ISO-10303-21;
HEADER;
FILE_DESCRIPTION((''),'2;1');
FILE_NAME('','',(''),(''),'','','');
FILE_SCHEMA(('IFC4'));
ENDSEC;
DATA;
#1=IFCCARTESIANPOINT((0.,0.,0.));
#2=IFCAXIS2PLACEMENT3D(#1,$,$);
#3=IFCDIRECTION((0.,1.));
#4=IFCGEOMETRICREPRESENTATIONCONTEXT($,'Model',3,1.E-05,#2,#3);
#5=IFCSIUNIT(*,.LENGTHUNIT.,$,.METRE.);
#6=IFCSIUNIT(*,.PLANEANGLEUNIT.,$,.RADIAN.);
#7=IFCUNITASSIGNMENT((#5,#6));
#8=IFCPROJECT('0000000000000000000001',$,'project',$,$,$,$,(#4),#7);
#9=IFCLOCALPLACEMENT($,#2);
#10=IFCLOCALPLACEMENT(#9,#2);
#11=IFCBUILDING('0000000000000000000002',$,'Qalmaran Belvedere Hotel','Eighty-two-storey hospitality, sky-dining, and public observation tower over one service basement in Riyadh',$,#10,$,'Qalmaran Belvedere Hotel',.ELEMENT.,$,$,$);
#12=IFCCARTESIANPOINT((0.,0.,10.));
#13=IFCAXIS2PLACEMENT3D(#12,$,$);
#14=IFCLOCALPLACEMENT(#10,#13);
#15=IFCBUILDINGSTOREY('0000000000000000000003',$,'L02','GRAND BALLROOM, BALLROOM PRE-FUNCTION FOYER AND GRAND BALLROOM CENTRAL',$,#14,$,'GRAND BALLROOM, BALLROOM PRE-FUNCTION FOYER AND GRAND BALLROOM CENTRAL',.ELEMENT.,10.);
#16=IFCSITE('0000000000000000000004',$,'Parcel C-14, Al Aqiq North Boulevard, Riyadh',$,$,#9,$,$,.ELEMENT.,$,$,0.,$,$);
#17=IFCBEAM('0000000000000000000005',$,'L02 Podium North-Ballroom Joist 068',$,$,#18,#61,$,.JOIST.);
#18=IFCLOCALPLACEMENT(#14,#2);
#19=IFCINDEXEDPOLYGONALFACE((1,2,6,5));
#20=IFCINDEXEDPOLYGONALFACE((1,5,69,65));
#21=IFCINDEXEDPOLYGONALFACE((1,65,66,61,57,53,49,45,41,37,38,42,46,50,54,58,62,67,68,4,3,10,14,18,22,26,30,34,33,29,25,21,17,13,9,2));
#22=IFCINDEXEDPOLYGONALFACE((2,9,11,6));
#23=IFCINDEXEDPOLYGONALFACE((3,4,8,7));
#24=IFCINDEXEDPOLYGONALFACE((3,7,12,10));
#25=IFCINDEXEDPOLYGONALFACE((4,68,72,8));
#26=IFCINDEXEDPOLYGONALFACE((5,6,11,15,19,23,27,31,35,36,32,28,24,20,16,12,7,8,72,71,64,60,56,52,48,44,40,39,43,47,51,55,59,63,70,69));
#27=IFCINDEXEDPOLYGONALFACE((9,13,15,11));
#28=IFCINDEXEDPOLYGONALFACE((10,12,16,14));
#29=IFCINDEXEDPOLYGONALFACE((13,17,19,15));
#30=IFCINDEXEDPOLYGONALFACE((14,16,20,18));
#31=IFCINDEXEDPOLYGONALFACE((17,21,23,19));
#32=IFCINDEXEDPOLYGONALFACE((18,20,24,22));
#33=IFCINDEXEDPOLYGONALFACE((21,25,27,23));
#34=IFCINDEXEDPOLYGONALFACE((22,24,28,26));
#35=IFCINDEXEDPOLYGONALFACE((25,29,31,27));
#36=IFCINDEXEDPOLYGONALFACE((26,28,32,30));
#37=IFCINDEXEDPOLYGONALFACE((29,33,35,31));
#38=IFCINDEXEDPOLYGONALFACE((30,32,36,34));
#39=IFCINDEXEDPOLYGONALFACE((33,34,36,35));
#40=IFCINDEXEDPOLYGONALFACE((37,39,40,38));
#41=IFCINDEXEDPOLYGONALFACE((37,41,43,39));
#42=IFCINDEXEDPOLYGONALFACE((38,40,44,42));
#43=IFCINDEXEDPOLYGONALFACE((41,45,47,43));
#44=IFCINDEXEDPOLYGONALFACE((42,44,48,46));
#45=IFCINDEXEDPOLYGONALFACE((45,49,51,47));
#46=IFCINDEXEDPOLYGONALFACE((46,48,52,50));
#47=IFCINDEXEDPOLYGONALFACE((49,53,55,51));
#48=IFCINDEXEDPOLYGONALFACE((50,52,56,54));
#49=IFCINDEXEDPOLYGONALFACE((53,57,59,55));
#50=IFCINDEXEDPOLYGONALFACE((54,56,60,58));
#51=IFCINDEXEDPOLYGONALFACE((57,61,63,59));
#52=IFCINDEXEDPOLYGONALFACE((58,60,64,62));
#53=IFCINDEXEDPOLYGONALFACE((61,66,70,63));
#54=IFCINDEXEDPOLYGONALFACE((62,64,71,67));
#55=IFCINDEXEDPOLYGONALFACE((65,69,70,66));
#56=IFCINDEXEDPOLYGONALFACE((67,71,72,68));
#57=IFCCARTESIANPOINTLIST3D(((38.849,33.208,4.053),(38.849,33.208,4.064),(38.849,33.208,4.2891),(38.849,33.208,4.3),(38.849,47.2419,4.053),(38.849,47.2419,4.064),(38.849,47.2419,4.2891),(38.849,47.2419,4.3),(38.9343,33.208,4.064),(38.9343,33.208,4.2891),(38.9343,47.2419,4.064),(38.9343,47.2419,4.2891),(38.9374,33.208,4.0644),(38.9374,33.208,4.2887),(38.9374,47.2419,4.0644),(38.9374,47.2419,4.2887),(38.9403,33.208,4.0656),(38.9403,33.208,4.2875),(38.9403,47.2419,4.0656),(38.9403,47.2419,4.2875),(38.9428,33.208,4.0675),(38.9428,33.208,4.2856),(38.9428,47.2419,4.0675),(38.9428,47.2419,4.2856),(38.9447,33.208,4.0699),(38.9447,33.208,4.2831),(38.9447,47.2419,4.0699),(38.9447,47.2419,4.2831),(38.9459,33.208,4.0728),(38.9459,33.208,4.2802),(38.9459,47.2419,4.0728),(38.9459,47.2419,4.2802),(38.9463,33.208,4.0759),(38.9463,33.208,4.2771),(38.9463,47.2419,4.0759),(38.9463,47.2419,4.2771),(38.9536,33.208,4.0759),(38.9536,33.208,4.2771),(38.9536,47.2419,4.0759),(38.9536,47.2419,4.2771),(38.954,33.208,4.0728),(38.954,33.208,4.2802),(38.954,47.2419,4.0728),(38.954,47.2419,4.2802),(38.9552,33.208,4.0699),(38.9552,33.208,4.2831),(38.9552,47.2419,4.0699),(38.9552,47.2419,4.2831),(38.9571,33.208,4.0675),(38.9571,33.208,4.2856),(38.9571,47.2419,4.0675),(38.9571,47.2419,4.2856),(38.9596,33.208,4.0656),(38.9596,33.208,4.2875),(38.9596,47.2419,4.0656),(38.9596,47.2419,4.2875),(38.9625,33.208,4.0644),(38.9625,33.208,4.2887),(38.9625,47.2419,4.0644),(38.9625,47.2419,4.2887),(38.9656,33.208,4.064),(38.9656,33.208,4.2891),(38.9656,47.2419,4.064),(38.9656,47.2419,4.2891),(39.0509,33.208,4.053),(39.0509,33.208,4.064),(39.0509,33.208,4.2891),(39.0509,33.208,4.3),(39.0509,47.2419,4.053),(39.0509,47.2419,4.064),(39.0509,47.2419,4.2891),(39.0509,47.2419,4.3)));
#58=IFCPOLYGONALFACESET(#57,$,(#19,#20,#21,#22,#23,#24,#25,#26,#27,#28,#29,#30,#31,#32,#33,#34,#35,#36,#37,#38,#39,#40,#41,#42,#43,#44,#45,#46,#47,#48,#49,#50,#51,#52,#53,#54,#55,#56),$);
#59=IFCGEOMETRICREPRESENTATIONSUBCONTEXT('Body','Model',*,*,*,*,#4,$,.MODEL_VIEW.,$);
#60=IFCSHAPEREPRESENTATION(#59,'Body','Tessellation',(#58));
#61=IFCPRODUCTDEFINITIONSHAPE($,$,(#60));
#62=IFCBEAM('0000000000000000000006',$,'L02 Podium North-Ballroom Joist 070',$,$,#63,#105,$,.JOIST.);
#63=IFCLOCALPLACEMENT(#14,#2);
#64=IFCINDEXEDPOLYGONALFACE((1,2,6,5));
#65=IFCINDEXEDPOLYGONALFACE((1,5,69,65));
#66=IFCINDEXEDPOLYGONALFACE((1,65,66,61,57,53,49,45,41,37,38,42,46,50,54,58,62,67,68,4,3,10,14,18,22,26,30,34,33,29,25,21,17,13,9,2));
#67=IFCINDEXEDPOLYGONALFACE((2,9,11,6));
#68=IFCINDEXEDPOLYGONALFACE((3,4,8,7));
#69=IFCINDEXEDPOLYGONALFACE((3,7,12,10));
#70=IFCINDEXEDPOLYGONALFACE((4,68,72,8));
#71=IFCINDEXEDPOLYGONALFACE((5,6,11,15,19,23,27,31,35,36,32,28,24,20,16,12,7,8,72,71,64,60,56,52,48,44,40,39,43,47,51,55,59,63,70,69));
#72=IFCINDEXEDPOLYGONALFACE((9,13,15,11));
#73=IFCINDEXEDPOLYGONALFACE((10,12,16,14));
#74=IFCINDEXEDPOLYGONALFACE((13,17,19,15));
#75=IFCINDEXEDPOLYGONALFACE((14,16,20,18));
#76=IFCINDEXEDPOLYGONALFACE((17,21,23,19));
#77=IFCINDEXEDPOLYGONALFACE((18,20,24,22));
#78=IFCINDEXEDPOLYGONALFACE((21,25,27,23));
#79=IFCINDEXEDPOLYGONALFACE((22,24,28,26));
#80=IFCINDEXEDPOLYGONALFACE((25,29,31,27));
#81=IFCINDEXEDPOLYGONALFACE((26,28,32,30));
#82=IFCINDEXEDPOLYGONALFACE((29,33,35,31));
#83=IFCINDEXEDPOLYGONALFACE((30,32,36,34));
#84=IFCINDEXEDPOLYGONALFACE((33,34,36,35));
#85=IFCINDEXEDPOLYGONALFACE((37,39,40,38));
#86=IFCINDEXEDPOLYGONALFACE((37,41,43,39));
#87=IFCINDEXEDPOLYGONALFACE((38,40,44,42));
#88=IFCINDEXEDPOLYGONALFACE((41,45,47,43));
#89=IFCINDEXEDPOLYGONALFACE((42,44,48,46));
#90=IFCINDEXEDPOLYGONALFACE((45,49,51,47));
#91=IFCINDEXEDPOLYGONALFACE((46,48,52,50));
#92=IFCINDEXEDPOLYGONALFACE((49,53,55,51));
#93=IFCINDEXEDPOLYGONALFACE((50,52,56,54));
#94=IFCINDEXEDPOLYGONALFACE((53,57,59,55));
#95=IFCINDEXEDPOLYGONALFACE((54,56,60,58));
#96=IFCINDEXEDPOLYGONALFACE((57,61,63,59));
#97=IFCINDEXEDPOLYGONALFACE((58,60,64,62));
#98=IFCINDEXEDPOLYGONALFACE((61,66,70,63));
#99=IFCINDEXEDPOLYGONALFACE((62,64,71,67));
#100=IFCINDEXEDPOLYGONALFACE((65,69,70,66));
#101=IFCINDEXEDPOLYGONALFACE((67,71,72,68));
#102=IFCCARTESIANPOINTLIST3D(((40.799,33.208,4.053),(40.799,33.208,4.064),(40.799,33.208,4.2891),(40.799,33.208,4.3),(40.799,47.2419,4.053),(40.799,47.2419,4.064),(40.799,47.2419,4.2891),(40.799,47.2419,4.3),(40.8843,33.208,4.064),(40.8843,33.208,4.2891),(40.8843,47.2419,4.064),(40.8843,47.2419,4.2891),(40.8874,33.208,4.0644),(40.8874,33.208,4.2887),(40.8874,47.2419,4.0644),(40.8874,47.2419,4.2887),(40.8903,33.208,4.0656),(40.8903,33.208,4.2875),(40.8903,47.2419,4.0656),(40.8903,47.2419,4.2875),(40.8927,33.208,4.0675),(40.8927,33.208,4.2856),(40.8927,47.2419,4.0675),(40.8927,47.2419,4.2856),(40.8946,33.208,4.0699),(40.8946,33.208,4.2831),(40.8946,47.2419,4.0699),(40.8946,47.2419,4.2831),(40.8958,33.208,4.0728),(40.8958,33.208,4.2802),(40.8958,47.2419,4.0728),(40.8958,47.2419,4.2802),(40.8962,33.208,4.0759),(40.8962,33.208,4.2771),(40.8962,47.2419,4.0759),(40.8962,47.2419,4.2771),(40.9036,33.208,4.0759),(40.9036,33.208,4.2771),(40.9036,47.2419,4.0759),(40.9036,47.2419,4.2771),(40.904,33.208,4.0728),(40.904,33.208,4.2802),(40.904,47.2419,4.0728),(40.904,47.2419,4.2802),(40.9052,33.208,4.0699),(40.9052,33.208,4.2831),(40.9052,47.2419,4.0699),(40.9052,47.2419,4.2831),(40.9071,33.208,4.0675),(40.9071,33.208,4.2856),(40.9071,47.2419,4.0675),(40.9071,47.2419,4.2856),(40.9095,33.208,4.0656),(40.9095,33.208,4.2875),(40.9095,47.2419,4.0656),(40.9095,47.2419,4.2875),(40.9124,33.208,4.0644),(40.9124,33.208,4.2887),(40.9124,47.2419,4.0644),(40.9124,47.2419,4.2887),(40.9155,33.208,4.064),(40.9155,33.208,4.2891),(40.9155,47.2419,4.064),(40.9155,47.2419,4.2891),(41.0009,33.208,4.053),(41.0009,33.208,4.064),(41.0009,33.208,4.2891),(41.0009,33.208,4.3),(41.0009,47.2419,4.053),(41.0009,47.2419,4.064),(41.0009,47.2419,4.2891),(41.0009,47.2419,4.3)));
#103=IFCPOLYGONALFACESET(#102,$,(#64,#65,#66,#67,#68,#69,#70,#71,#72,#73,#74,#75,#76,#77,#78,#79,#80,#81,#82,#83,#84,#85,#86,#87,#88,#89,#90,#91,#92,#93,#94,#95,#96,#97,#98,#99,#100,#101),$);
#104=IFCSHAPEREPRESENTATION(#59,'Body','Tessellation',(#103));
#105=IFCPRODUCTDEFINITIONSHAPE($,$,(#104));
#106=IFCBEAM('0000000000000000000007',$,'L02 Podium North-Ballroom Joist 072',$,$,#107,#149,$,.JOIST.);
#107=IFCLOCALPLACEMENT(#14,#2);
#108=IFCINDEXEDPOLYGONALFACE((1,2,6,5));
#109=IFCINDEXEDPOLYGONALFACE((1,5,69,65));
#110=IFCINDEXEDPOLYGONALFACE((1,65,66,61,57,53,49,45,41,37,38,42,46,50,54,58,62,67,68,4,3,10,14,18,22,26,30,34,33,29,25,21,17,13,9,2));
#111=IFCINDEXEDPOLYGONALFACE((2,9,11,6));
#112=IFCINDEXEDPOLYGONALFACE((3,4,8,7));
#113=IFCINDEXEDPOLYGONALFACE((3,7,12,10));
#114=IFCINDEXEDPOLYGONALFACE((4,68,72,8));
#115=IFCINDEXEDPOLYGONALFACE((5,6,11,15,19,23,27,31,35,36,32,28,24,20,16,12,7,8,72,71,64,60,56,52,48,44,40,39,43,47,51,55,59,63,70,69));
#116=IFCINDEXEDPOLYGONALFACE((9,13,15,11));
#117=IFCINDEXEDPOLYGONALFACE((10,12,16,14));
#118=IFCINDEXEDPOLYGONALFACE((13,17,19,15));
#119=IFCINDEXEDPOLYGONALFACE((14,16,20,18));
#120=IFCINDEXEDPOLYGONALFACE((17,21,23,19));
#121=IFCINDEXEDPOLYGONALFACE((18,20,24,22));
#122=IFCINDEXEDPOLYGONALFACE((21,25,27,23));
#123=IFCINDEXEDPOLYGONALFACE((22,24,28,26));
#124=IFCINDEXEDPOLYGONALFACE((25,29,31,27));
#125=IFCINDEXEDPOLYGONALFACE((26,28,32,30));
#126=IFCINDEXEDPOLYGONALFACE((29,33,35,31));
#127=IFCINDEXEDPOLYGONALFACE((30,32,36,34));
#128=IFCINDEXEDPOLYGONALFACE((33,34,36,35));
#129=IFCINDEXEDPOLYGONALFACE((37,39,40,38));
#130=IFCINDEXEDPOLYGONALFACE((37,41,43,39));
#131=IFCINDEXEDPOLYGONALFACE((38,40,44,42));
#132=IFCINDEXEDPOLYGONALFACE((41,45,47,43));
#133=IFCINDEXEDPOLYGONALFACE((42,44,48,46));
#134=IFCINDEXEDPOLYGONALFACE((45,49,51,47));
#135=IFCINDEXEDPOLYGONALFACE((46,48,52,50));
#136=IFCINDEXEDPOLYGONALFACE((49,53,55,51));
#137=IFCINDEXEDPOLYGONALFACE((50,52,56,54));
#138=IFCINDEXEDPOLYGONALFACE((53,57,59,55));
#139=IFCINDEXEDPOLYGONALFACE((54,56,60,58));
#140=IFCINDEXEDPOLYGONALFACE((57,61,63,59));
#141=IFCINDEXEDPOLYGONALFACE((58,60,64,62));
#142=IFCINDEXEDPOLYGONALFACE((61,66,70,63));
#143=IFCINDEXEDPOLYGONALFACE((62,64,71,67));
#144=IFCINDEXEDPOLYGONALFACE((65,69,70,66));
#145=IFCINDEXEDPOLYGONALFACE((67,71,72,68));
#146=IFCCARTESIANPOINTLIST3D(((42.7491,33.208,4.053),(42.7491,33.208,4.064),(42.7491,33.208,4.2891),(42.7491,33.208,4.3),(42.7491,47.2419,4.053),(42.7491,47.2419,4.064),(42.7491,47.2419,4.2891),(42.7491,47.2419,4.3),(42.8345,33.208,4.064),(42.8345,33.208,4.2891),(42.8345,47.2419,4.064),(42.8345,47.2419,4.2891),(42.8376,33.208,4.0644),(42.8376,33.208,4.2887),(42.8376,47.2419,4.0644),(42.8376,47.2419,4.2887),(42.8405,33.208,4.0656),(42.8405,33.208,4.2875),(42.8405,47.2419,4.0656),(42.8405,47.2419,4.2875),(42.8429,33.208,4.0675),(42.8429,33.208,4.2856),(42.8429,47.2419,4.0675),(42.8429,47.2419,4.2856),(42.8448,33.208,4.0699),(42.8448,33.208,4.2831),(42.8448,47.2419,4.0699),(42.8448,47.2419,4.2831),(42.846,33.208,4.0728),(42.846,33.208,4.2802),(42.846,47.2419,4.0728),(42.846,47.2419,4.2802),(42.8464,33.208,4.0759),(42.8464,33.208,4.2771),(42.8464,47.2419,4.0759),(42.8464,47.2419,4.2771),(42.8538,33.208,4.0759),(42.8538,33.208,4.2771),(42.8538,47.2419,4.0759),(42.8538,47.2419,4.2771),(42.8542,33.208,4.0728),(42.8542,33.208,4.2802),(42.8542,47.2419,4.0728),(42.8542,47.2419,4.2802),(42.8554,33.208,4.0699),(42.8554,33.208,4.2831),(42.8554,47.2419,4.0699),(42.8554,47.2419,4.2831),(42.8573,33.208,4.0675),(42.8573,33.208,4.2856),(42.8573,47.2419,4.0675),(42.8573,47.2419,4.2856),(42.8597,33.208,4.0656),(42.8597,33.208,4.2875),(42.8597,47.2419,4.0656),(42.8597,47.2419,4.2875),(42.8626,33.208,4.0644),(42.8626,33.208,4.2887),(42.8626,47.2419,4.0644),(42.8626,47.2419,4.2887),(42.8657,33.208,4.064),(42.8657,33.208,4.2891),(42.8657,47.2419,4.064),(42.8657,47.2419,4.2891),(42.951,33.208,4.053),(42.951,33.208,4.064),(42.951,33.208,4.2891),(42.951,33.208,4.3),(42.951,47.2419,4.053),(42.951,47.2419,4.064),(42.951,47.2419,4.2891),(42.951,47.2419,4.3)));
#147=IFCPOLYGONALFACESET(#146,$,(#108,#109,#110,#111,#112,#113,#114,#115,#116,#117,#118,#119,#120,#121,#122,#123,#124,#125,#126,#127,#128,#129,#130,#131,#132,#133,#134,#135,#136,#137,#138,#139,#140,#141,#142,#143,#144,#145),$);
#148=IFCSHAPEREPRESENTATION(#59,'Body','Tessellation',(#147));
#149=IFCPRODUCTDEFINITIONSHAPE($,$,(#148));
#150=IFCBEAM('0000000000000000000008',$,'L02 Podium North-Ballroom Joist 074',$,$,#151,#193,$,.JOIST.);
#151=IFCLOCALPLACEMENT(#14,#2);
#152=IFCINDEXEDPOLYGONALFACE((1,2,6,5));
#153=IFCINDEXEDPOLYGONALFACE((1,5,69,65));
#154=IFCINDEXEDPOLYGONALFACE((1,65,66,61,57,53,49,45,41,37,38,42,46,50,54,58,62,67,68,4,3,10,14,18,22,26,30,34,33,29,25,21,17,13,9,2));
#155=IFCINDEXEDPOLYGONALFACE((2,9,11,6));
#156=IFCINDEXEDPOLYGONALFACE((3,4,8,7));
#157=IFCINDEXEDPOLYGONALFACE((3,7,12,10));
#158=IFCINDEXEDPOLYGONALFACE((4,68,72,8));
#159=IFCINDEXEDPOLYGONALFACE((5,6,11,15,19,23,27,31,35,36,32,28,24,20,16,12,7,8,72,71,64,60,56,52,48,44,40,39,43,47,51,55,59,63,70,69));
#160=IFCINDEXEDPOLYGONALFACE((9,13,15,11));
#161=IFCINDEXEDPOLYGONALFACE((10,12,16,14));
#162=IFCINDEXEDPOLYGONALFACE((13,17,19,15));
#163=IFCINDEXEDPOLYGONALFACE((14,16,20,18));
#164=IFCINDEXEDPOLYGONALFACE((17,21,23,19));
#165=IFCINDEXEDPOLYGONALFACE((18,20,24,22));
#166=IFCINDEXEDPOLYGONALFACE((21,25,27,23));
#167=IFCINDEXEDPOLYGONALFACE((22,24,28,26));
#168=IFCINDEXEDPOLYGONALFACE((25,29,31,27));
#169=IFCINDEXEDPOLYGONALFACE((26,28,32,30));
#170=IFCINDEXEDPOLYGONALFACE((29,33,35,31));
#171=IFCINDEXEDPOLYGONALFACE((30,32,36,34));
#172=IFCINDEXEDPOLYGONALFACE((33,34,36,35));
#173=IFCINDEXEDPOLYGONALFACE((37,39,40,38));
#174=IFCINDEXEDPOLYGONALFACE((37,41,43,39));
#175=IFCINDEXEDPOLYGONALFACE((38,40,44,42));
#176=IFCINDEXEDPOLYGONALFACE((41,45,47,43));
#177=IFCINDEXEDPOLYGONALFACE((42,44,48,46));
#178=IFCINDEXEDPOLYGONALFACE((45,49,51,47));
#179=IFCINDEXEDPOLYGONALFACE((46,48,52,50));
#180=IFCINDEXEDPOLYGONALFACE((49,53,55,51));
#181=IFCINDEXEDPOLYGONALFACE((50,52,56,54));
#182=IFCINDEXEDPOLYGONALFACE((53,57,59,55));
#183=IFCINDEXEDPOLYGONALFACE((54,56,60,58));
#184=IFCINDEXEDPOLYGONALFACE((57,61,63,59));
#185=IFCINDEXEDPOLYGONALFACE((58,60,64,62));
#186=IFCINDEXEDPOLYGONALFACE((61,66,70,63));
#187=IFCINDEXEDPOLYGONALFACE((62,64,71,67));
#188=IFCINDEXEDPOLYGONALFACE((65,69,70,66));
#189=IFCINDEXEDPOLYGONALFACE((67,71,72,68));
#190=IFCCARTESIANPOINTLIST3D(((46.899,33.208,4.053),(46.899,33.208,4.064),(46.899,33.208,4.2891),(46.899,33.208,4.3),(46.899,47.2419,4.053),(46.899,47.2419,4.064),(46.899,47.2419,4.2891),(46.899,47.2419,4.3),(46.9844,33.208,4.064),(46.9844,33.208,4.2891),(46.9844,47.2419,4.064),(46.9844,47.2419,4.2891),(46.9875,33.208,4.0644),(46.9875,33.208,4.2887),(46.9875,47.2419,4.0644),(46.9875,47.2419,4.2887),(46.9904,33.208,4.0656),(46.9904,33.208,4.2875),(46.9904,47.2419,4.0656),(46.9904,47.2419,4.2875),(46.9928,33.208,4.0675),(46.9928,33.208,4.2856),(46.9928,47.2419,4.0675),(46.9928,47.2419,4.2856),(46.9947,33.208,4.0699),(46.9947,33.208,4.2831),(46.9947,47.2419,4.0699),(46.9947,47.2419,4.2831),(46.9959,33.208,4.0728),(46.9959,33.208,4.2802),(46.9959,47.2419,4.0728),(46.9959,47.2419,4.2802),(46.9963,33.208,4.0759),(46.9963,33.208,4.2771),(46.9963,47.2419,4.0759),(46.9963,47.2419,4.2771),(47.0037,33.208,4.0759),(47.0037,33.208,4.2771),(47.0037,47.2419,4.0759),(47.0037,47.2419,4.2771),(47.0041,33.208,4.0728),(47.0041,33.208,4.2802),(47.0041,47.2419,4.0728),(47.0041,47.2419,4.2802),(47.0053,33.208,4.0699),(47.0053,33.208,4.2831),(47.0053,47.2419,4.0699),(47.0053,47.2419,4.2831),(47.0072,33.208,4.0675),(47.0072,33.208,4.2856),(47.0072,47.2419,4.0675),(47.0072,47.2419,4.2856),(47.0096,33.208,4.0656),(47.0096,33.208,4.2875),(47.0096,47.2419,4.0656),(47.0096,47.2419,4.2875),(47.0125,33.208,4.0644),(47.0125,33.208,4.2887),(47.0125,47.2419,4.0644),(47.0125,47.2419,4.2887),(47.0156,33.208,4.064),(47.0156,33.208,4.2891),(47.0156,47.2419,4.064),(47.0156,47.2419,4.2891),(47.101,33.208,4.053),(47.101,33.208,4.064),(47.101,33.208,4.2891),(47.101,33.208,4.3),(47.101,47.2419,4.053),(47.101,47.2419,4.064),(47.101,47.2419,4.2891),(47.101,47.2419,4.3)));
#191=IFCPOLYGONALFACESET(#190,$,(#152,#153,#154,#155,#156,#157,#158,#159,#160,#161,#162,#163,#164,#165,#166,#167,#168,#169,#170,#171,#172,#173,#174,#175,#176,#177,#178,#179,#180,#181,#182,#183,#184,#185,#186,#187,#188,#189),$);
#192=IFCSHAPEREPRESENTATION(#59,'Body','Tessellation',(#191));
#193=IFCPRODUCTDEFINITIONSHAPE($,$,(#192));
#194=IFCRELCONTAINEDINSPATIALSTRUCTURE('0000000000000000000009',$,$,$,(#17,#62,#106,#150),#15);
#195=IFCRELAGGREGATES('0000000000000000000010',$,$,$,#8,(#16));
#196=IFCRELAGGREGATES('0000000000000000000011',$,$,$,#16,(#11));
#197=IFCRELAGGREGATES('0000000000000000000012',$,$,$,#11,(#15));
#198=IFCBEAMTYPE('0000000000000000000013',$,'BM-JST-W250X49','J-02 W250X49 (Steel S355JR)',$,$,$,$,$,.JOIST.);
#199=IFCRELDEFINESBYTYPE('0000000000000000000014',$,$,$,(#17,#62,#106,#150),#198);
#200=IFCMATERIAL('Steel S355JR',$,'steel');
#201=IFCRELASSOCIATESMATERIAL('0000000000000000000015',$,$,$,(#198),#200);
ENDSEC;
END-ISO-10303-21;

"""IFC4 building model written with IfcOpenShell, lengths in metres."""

from ifc_helpers import new_model, si_unit, direction, frame, origin, origin_2d, place, context, subcontext, project, spatial, i_section, extrude, material, material_profile, profile_set, type_object, element, save


model = new_model("IFC4")

# Units and contexts
model_context = context("Model", 3, precision=1e-05, world=origin(), true_north=direction((0.0, 1.0)))
body_context = subcontext(model_context, "Body", "Model", "MODEL_VIEW")
ifc_project = project(units=[si_unit("LENGTHUNIT", "METRE"), si_unit("PLANEANGLEUNIT", "RADIAN")], contexts=[model_context])

# Site, building, storey
site_placement = place(None, origin())
site = spatial("IfcSite", under=ifc_project, at=site_placement, Name="Parcel C-14, Al Aqiq North Boulevard, Riyadh", CompositionType="ELEMENT", RefElevation=0.0)
building_placement = place(site_placement, origin())
building = spatial("IfcBuilding", under=site, at=building_placement, Name="Qalmaran Belvedere Hotel", Description="Eighty-two-storey hospitality, sky-dining, and public observation tower over one service basement in Riyadh", LongName="Qalmaran Belvedere Hotel", CompositionType="ELEMENT")
storey_placement = place(building_placement, frame((0.0, 0.0, 10.0)))
storey = spatial("IfcBuildingStorey", under=building, at=storey_placement, Name="L02", Description="GRAND BALLROOM, BALLROOM PRE-FUNCTION FOYER AND GRAND BALLROOM CENTRAL", LongName="GRAND BALLROOM, BALLROOM PRE-FUNCTION FOYER AND GRAND BALLROOM CENTRAL", CompositionType="ELEMENT", Elevation=10.0)

# Beams
ifc_material_1 = material(Name="Steel S355JR", Category="steel")
ifc_material_profile_1 = material_profile(ifc_material_1, i_section(OverallWidth=0.2019, OverallDepth=0.2471, WebThickness=0.0073, FlangeThickness=0.011, FilletRadius=0.012, at=origin_2d()), Name="W250X49")
ifc_profile_set_1 = profile_set([ifc_material_profile_1], Name="Steel S355JR")
beam_type_1 = type_object("IfcBeamType", Name="BM-JST-W250X49", Description="J-02 W250X49 (Steel S355JR)", PredefinedType="JOIST", material=ifc_profile_set_1)
for number, where, z_axis, x_axis, name in (
    (1, (38.95, 33.208, 4.1765), (0.0, 1.0, 0.0), (-1.0, 0.0, 0.0), "L02 Podium North-Ballroom Joist 068"),
    (2, (40.8999, 33.208, 4.1765), (0.0, 1.0, 0.0), (-1.0, 0.0, 0.0), "L02 Podium North-Ballroom Joist 070"),
    (3, (42.8501, 33.208, 4.1765), (0.0, 1.0, 0.0), (-1.0, 0.0, 0.0), "L02 Podium North-Ballroom Joist 072"),
    (4, (47.0, 33.208, 4.1765), (0.0, 1.0, 0.0), (-1.0, 0.0, 0.0), "L02 Podium North-Ballroom Joist 074"),
):
    element("IfcBeam", number, at=place(storey_placement, frame(where, z_axis=z_axis, x_axis=x_axis)), inside=storey, type_object=beam_type_1, Name=name, PredefinedType="JOIST", context=body_context, shape_type="SweptSolid", body=[
        extrude(i_section(OverallWidth=0.2019, OverallDepth=0.2471, WebThickness=0.0073, FlangeThickness=0.011, FilletRadius=0.012, at=origin_2d()), origin(), (0.0, 0.0, 1.0), 14.0339),
    ])

save(model, "model.ifc")
